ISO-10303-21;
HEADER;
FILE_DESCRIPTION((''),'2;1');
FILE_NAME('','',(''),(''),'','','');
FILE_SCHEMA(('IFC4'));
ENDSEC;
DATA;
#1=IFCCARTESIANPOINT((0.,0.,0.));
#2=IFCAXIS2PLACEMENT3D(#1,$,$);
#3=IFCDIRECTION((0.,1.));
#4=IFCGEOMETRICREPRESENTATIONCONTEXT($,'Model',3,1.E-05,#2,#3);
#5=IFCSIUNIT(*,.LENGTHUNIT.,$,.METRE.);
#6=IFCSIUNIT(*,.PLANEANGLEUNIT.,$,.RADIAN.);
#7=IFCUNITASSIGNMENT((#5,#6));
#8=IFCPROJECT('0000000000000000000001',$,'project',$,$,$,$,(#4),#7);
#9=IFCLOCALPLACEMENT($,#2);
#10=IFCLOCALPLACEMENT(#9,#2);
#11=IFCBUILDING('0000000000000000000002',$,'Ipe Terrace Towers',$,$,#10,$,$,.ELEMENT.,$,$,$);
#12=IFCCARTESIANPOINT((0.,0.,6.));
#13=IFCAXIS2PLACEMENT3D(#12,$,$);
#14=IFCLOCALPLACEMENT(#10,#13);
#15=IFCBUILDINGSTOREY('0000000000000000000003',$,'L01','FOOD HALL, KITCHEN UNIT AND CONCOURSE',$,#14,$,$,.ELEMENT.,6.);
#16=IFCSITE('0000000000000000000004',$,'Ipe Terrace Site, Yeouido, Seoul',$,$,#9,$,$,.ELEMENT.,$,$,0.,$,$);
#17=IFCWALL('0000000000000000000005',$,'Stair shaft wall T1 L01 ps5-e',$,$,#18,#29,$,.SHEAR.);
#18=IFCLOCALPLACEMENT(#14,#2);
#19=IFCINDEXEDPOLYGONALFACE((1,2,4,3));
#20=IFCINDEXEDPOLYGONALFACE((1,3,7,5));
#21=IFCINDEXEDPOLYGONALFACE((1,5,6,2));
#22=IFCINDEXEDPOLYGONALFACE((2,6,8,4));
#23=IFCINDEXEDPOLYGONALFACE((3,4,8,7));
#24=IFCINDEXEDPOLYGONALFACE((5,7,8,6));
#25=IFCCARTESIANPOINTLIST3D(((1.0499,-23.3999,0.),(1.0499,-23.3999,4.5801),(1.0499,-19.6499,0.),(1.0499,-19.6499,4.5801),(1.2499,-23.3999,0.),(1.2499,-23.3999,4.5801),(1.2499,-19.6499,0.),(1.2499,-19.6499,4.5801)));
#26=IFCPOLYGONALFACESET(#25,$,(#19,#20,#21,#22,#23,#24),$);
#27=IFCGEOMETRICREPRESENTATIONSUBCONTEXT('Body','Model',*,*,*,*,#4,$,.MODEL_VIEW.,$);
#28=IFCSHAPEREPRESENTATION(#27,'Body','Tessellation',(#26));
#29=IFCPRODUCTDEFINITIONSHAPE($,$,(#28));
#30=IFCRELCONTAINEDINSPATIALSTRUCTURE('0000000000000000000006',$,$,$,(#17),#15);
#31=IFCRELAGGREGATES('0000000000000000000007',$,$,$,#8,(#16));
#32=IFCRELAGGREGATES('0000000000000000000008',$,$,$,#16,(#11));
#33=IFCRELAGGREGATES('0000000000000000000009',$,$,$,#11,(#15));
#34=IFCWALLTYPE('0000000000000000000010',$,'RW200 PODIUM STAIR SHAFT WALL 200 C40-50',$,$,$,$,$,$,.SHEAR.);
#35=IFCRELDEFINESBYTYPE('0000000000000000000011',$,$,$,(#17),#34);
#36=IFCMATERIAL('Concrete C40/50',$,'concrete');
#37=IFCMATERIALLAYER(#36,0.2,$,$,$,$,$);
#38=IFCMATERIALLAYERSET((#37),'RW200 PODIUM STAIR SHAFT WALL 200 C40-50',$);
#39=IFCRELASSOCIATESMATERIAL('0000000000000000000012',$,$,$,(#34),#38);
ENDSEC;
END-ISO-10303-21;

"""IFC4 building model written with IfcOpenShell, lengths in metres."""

from ifc_helpers import new_model, si_unit, direction, frame, frame_2d, origin, place, context, subcontext, project, spatial, rectangle, extrude, material, layer, layer_set, type_object, element, save


model = new_model("IFC4")

# Units and contexts
model_context = context("Model", 3, precision=1e-05, world=origin(), true_north=direction((0.0, 1.0)))
body_context = subcontext(model_context, "Body", "Model", "MODEL_VIEW")
ifc_project = project(units=[si_unit("LENGTHUNIT", "METRE"), si_unit("PLANEANGLEUNIT", "RADIAN")], contexts=[model_context])

# Site, building, storey
site_placement = place(None, origin())
site = spatial("IfcSite", under=ifc_project, at=site_placement, Name="Ipe Terrace Site, Yeouido, Seoul", CompositionType="ELEMENT", RefElevation=0.0)
building_placement = place(site_placement, origin())
building = spatial("IfcBuilding", under=site, at=building_placement, Name="Ipe Terrace Towers", CompositionType="ELEMENT")
storey_placement = place(building_placement, frame((0.0, 0.0, 6.0)))
storey = spatial("IfcBuildingStorey", under=building, at=storey_placement, Name="L01", Description="FOOD HALL, KITCHEN UNIT AND CONCOURSE", CompositionType="ELEMENT", Elevation=6.0)

# Wall
ifc_material_1 = material(Name="Concrete C40/50", Category="concrete")
ifc_layer_1 = layer(ifc_material_1, 0.2)
ifc_layer_set_1 = layer_set([ifc_layer_1], Name="RW200 PODIUM STAIR SHAFT WALL 200 C40-50")
wall_type_1 = type_object("IfcWallType", Name="RW200 PODIUM STAIR SHAFT WALL 200 C40-50", PredefinedType="SHEAR", material=ifc_layer_set_1)
wall_1_placement = place(storey_placement, frame((1.1499, -23.3999, 0.0), z_axis=(0.0, 0.0, 1.0), x_axis=(0.0, 1.0, 0.0)))
element("IfcWall", 1, at=wall_1_placement, inside=storey, type_object=wall_type_1, Name="Stair shaft wall T1 L01 ps5-e", PredefinedType="SHEAR", context=body_context, shape_type="SweptSolid", body=[
    extrude(rectangle(XDim=3.75, YDim=0.2, at=frame_2d((1.875, 0.0))), origin(), (0.0, 0.0, 1.0), 4.5801),
])

save(model, "model.ifc")
